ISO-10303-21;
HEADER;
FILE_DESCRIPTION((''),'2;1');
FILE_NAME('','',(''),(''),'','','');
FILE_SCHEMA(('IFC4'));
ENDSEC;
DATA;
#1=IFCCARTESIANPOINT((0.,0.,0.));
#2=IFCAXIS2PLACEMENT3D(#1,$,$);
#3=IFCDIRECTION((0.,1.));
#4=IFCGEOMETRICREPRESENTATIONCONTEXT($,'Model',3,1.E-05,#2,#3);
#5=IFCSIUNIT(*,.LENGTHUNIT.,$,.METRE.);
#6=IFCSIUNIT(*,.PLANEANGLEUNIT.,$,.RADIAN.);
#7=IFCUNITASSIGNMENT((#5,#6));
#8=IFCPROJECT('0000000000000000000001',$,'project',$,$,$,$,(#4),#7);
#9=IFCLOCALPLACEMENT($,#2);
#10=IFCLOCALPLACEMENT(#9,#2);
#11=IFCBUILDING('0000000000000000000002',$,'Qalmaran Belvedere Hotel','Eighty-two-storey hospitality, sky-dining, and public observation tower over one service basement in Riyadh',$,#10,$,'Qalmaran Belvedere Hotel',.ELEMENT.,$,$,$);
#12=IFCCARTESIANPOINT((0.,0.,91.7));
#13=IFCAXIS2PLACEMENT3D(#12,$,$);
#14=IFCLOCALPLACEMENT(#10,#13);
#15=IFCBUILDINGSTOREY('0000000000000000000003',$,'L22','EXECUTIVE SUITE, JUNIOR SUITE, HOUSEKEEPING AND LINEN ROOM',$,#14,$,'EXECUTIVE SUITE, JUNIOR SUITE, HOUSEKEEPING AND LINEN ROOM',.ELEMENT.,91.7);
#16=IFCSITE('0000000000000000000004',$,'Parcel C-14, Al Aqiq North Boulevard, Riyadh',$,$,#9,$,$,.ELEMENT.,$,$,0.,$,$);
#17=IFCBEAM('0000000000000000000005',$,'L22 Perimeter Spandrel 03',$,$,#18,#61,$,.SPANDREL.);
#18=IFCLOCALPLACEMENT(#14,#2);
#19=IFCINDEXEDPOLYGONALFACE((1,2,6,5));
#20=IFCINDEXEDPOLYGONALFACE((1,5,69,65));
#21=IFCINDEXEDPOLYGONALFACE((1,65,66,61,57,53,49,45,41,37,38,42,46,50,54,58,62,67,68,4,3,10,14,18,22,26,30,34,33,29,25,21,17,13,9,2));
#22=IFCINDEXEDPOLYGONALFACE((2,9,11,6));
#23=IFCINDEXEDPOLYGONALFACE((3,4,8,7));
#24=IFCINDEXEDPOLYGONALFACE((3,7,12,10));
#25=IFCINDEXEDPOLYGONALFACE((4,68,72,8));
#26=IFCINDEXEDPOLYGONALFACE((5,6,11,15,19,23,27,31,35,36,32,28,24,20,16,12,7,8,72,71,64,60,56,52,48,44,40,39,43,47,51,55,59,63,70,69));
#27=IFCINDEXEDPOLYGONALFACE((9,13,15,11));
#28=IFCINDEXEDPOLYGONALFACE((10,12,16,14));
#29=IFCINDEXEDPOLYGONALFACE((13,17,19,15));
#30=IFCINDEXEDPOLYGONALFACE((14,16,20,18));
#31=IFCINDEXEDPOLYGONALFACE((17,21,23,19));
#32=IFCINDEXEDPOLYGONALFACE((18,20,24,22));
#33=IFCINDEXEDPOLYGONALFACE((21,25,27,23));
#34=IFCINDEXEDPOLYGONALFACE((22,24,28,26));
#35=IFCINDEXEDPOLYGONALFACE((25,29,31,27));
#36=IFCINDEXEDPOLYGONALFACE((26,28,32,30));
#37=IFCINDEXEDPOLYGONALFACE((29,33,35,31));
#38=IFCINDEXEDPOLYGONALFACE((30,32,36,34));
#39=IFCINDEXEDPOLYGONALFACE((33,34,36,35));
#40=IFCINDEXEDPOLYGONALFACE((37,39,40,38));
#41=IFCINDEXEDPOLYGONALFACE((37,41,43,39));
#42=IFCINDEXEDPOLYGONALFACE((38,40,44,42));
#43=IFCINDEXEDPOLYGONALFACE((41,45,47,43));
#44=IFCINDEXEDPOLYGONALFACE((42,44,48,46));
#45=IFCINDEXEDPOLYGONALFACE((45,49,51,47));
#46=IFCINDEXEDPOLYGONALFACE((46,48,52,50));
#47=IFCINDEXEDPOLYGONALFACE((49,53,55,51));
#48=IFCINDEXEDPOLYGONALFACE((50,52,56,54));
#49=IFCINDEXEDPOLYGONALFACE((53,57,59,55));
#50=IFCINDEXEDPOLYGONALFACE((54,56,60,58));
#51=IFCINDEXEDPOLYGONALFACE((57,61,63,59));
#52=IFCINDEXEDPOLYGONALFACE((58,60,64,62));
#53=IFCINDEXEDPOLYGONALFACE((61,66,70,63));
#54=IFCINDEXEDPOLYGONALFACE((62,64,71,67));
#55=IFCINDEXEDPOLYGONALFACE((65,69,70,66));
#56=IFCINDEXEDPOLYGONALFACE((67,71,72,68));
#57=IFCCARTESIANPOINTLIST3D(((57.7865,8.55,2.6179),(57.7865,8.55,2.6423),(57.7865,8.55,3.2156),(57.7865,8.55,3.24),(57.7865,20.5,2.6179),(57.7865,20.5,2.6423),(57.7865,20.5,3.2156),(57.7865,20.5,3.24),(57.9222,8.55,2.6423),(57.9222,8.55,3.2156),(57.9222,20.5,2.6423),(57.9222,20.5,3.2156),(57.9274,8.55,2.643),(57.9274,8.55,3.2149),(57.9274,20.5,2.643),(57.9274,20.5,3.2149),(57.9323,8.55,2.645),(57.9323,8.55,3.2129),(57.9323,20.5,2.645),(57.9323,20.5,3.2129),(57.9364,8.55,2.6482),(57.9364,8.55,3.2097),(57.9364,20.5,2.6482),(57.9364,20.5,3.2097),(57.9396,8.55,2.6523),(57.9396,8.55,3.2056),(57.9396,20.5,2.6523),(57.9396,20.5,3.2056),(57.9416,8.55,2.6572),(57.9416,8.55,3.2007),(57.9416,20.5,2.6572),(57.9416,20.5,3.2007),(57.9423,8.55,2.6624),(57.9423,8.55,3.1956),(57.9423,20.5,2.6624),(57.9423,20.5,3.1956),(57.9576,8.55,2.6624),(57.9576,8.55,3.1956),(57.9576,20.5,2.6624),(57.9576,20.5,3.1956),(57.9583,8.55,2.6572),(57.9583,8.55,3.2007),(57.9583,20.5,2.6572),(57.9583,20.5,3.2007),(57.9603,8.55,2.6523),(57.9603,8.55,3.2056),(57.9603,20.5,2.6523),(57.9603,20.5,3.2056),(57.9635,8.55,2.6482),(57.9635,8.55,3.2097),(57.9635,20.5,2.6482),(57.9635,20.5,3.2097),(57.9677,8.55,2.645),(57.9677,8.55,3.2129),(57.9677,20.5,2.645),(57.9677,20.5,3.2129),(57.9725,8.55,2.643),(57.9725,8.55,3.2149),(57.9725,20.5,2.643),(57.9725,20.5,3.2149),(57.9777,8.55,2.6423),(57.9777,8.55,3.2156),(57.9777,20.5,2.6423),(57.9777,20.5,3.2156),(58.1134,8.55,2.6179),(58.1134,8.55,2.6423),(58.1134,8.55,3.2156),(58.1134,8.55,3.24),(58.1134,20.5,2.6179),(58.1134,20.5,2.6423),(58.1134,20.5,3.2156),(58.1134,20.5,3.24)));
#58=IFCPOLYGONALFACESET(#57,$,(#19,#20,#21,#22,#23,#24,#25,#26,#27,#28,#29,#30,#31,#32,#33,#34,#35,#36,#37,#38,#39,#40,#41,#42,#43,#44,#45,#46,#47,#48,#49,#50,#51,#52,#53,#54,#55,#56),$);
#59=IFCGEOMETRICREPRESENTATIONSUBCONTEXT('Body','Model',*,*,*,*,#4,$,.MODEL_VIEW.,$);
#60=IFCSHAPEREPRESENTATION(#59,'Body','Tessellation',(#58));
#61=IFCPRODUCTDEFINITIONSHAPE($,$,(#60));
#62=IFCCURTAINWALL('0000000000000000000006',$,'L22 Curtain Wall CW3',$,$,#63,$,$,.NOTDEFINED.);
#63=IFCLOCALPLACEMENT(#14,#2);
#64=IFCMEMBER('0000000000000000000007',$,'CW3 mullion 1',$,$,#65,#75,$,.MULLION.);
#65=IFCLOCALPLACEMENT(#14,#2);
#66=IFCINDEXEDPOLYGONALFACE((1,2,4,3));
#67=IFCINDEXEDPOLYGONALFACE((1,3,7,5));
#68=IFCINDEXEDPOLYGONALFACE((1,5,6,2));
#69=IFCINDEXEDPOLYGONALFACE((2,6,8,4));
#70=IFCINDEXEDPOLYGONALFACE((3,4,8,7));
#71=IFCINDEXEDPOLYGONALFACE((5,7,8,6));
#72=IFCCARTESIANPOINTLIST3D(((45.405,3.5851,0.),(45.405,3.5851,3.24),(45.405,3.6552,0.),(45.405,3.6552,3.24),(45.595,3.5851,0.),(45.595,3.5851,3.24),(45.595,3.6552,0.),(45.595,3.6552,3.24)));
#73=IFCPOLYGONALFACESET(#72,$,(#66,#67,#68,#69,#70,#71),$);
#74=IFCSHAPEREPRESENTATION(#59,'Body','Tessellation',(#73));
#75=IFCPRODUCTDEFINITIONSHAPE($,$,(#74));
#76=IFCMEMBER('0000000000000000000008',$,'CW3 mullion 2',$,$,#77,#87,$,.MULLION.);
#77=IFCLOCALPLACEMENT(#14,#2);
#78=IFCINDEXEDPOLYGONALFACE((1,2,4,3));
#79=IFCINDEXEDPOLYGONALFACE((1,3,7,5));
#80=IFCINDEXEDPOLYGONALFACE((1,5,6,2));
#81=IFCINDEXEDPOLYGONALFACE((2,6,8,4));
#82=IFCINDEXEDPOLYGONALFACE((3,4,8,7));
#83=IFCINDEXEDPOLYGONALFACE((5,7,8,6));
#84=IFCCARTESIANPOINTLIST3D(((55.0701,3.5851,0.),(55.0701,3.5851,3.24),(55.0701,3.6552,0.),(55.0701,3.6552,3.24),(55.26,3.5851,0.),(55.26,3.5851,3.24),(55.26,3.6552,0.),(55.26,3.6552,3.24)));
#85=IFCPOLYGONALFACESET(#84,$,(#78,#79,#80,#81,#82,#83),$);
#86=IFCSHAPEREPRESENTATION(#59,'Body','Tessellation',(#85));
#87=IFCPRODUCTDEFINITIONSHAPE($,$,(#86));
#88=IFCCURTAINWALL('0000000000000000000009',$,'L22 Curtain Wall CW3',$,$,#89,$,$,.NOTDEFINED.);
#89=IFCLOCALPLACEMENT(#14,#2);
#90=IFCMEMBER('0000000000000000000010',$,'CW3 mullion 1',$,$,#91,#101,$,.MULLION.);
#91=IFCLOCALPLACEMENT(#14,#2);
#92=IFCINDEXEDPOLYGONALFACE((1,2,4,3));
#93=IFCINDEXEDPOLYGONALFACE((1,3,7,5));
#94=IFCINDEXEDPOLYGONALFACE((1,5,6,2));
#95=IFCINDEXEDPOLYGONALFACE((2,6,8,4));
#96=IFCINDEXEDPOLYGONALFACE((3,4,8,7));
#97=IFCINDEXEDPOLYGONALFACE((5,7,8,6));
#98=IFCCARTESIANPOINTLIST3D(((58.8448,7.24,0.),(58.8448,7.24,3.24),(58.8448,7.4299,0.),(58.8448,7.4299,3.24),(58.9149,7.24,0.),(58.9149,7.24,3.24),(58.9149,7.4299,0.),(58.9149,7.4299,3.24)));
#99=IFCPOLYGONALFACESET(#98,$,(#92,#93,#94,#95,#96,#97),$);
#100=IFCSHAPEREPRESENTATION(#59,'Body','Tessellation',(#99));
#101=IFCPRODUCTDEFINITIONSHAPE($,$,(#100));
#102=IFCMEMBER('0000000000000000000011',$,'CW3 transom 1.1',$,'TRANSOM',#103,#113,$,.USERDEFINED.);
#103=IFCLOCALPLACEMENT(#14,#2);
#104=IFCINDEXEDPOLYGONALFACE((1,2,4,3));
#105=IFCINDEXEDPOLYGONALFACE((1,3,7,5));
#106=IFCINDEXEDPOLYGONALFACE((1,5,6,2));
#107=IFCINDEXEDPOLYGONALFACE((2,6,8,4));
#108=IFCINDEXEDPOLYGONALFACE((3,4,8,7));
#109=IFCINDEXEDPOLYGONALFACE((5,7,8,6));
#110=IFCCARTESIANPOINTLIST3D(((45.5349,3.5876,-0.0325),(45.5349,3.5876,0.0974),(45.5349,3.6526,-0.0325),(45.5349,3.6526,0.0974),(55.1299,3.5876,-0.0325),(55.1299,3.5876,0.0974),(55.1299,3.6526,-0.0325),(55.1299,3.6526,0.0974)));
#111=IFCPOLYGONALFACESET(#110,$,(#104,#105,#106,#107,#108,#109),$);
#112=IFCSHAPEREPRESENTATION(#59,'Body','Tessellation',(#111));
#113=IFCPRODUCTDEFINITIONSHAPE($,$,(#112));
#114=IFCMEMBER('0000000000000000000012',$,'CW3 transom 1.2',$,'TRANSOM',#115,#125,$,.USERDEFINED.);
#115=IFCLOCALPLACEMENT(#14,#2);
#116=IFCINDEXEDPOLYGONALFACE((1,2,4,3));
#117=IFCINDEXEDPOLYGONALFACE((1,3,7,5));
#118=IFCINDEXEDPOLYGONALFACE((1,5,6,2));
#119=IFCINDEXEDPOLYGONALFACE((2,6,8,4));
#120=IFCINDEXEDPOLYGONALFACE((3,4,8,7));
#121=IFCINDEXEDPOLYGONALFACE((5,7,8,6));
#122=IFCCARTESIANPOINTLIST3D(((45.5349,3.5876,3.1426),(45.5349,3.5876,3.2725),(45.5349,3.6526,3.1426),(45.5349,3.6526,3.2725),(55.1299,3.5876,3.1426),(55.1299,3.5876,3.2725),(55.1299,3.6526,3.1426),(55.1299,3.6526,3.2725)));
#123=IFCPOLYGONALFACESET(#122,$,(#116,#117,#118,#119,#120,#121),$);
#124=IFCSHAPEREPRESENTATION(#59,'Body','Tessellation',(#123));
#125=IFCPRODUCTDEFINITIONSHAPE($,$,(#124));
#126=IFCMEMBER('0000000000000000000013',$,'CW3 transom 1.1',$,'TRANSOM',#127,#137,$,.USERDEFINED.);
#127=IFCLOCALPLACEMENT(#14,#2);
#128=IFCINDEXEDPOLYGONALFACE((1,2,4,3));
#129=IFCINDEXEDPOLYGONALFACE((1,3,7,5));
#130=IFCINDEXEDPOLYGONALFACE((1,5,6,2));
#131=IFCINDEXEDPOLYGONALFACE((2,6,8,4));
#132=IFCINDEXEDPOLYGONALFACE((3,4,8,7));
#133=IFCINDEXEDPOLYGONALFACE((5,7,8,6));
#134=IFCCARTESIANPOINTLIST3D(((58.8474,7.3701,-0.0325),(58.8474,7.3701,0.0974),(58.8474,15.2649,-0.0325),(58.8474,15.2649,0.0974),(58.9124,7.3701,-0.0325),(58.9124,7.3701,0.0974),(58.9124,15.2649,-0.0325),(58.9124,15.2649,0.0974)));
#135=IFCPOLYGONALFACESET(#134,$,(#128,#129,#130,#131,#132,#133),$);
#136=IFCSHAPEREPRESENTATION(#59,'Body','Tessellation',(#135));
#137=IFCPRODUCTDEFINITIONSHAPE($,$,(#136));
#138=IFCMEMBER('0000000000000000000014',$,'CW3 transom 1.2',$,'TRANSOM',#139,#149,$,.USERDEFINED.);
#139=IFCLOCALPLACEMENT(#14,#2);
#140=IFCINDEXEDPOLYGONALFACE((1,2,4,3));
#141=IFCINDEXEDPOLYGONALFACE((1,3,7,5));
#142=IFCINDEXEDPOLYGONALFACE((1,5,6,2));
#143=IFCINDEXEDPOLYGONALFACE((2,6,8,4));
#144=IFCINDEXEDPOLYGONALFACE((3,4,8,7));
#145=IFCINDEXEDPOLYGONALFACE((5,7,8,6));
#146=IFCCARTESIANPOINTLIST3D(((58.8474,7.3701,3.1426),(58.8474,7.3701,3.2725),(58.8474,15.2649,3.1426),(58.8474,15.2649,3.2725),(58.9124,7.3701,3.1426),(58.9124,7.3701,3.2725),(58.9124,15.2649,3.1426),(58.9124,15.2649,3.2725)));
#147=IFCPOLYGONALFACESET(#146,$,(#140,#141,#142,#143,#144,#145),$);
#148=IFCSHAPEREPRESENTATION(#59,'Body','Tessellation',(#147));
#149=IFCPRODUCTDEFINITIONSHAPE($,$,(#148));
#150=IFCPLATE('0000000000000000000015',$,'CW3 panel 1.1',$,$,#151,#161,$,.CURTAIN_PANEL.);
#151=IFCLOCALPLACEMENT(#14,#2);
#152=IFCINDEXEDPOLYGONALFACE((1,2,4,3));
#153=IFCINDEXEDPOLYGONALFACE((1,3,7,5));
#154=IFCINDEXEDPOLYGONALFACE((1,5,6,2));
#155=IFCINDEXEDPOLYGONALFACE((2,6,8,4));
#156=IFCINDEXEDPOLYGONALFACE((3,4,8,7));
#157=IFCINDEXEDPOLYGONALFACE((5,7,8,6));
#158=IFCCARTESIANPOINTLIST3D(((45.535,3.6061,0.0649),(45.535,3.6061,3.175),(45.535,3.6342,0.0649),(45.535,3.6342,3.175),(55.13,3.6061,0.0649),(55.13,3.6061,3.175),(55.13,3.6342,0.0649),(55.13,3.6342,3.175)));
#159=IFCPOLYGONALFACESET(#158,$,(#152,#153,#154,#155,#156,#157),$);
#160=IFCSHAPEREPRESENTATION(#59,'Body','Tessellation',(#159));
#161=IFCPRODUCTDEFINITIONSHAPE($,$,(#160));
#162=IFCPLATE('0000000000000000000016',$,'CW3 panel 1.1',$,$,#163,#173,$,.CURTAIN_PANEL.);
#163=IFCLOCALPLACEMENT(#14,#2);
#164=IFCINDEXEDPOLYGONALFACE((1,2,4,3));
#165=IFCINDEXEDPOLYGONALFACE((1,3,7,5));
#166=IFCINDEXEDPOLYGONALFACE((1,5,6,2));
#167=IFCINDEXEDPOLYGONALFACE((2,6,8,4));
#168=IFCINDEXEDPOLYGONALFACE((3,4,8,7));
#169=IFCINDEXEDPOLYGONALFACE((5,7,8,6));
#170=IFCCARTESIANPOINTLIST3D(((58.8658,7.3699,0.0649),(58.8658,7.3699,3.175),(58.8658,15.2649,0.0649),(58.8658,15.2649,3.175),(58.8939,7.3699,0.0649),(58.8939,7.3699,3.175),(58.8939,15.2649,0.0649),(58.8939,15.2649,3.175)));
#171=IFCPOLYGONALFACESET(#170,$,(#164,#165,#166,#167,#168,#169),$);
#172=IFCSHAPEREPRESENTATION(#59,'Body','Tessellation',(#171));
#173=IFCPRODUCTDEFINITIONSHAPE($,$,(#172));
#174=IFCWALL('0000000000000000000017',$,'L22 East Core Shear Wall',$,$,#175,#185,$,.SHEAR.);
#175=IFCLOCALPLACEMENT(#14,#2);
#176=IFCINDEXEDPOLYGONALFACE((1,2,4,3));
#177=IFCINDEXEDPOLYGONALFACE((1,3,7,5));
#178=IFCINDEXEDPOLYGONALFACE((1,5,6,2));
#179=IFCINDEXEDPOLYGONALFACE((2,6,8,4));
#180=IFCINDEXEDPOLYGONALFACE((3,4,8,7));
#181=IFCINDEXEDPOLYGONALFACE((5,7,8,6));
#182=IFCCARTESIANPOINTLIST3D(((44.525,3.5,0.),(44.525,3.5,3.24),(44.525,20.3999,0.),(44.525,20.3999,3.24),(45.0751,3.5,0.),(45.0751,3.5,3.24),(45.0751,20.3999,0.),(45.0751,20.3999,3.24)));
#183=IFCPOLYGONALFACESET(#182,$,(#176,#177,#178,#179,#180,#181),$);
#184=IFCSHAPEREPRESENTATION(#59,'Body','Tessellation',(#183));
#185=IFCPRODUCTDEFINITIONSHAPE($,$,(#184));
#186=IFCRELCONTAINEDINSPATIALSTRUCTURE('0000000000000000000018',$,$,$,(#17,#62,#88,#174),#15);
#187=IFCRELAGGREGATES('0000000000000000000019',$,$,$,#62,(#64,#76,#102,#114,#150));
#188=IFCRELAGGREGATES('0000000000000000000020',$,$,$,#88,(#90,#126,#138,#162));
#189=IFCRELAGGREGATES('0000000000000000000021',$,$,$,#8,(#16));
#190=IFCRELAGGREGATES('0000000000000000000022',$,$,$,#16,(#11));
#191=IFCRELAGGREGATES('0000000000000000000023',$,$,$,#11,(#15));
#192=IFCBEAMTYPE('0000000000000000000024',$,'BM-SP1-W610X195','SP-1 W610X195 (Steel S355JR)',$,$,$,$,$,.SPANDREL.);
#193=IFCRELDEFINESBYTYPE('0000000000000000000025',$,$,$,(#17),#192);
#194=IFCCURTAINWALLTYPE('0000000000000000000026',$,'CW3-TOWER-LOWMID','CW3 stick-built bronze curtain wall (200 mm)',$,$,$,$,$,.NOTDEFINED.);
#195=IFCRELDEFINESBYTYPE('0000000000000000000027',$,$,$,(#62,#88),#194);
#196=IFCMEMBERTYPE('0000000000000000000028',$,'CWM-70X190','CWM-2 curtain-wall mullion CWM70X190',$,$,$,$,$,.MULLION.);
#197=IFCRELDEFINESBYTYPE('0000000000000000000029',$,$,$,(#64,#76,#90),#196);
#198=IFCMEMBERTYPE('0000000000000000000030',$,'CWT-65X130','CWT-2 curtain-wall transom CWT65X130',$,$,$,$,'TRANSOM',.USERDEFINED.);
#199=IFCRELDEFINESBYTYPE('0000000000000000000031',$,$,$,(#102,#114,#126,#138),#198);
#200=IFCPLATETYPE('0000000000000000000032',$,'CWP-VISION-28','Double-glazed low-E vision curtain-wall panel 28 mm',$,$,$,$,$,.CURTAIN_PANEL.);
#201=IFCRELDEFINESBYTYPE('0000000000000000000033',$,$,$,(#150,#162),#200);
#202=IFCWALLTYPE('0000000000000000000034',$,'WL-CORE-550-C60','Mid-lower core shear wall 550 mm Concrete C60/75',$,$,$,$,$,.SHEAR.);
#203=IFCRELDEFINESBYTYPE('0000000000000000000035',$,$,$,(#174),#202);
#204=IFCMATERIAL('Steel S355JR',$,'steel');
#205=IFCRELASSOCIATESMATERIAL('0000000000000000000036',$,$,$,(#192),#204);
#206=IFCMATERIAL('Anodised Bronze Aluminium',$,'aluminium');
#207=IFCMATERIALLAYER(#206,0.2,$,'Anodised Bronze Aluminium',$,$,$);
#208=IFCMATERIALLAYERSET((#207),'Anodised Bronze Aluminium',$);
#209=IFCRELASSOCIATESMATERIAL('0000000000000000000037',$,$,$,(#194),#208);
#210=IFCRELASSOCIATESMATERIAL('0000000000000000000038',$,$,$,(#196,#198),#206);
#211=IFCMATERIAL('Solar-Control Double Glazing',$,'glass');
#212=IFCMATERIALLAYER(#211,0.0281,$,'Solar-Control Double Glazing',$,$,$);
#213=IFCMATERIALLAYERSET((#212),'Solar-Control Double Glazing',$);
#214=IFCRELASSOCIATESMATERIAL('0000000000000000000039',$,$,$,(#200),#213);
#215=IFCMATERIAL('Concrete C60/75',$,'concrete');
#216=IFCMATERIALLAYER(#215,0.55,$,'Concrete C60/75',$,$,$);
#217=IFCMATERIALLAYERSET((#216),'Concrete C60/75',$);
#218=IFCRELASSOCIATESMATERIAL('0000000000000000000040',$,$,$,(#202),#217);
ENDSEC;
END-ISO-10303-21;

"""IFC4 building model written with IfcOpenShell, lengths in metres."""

from ifc_helpers import new_model, si_unit, direction, frame, frame_2d, origin, origin_2d, place, context, subcontext, project, spatial, rectangle, i_section, extrude, material, layer, layer_set, material_profile, profile_set, type_object, element, aggregate, save


model = new_model("IFC4")

# Units and contexts
model_context = context("Model", 3, precision=1e-05, world=origin(), true_north=direction((0.0, 1.0)))
body_context = subcontext(model_context, "Body", "Model", "MODEL_VIEW")
ifc_project = project(units=[si_unit("LENGTHUNIT", "METRE"), si_unit("PLANEANGLEUNIT", "RADIAN")], contexts=[model_context])

# Site, building, storey
site_placement = place(None, origin())
site = spatial("IfcSite", under=ifc_project, at=site_placement, Name="Parcel C-14, Al Aqiq North Boulevard, Riyadh", CompositionType="ELEMENT", RefElevation=0.0)
building_placement = place(site_placement, origin())
building = spatial("IfcBuilding", under=site, at=building_placement, Name="Qalmaran Belvedere Hotel", Description="Eighty-two-storey hospitality, sky-dining, and public observation tower over one service basement in Riyadh", LongName="Qalmaran Belvedere Hotel", CompositionType="ELEMENT")
storey_placement = place(building_placement, frame((0.0, 0.0, 91.7)))
storey = spatial("IfcBuildingStorey", under=building, at=storey_placement, Name="L22", Description="EXECUTIVE SUITE, JUNIOR SUITE, HOUSEKEEPING AND LINEN ROOM", LongName="EXECUTIVE SUITE, JUNIOR SUITE, HOUSEKEEPING AND LINEN ROOM", CompositionType="ELEMENT", Elevation=91.7)

# Shared definitions
ifc_material_1 = material(Name="Concrete C60/75", Category="concrete")

# Beam
ifc_material_2 = material(Name="Steel S355JR", Category="steel")
ifc_material_profile_1 = material_profile(ifc_material_2, i_section(OverallWidth=0.3269, OverallDepth=0.6221, WebThickness=0.0154, FlangeThickness=0.0244, FilletRadius=0.02, at=origin_2d()), Name="W610X195")
ifc_profile_set_1 = profile_set([ifc_material_profile_1], Name="Steel S355JR")
beam_type_1 = type_object("IfcBeamType", Name="BM-SP1-W610X195", Description="SP-1 W610X195 (Steel S355JR)", PredefinedType="SPANDREL", material=ifc_profile_set_1)
beam_1_placement = place(storey_placement, frame((57.95, 8.55, 2.929), z_axis=(0.0, 1.0, 0.0), x_axis=(-1.0, 0.0, 0.0)))
element("IfcBeam", 1, at=beam_1_placement, inside=storey, type_object=beam_type_1, Name="L22 Perimeter Spandrel 03", PredefinedType="SPANDREL", context=body_context, shape_type="SweptSolid", body=[
    extrude(i_section(OverallWidth=0.3269, OverallDepth=0.6221, WebThickness=0.0154, FlangeThickness=0.0244, FilletRadius=0.02, at=origin_2d()), origin(), (0.0, 0.0, 1.0), 11.95),
])

# Curtain wall, members
ifc_material_3 = material(Name="Anodised Bronze Aluminium", Category="aluminium")
ifc_layer_1 = layer(ifc_material_3, 0.2, Name="Anodised Bronze Aluminium")
ifc_layer_set_1 = layer_set([ifc_layer_1], Name="Anodised Bronze Aluminium")
curtain_wall_type = type_object("IfcCurtainWallType", Name="CW3-TOWER-LOWMID", Description="CW3 stick-built bronze curtain wall (200 mm)", PredefinedType="NOTDEFINED", material=ifc_layer_set_1)
curtain_wall_1_placement = place(storey_placement, origin())
curtain_wall_1 = element("IfcCurtainWall", 2, at=curtain_wall_1_placement, inside=storey, type_object=curtain_wall_type, Name="L22 Curtain Wall CW3", PredefinedType="NOTDEFINED")
ifc_material_profile_2 = material_profile(ifc_material_3, rectangle(XDim=0.0701, YDim=0.1899, at=origin_2d()), Name="CWM70X190")
ifc_profile_set_2 = profile_set([ifc_material_profile_2], Name="Anodised Bronze Aluminium")
member_type_1 = type_object("IfcMemberType", Name="CWM-70X190", Description="CWM-2 curtain-wall mullion CWM70X190", PredefinedType="MULLION", material=ifc_profile_set_2)
member_1_placement = place(storey_placement, frame((45.5, 3.6201, 0.0), z_axis=(0.0, 0.0, 1.0), x_axis=(0.0, 1.0, 0.0)))
member_1 = element("IfcMember", 3, at=member_1_placement, type_object=member_type_1, Name="CW3 mullion 1", PredefinedType="MULLION", context=body_context, shape_type="SweptSolid", body=[
    extrude(rectangle(XDim=0.0701, YDim=0.1899, at=origin_2d()), origin(), (0.0, 0.0, 1.0), 3.24),
])
member_2_placement = place(storey_placement, frame((55.165, 3.6201, 0.0), z_axis=(0.0, 0.0, 1.0), x_axis=(0.0, 1.0, 0.0)))
member_2 = element("IfcMember", 4, at=member_2_placement, type_object=member_type_1, Name="CW3 mullion 2", PredefinedType="MULLION", context=body_context, shape_type="SweptSolid", body=[
    extrude(rectangle(XDim=0.0701, YDim=0.1899, at=origin_2d()), origin(), (0.0, 0.0, 1.0), 3.24),
])

# Curtain wall, member
curtain_wall_2_placement = place(storey_placement, origin())
curtain_wall_2 = element("IfcCurtainWall", 5, at=curtain_wall_2_placement, inside=storey, type_object=curtain_wall_type, Name="L22 Curtain Wall CW3", PredefinedType="NOTDEFINED")
member_3_placement = place(storey_placement, frame((58.8799, 7.335, 0.0), z_axis=(0.0, 0.0, 1.0), x_axis=(-1.0, 0.0, 0.0)))
member_3 = element("IfcMember", 6, at=member_3_placement, type_object=member_type_1, Name="CW3 mullion 1", PredefinedType="MULLION", context=body_context, shape_type="SweptSolid", body=[
    extrude(rectangle(XDim=0.0701, YDim=0.1899, at=origin_2d()), origin(), (0.0, 0.0, 1.0), 3.24),
])

# Members
ifc_material_profile_3 = material_profile(ifc_material_3, rectangle(XDim=0.0649, YDim=0.1299, at=origin_2d()), Name="CWT65X130")
ifc_profile_set_3 = profile_set([ifc_material_profile_3], Name="Anodised Bronze Aluminium")
member_type_2 = type_object("IfcMemberType", Name="CWT-65X130", Description="CWT-2 curtain-wall transom CWT65X130", ElementType="TRANSOM", PredefinedType="USERDEFINED", material=ifc_profile_set_3)
member_4_placement = place(storey_placement, frame((45.5349, 3.6201, 0.0325), z_axis=(1.0, 0.0, 0.0), x_axis=(0.0, 1.0, 0.0)))
member_4 = element("IfcMember", 7, at=member_4_placement, type_object=member_type_2, Name="CW3 transom 1.1", ObjectType="TRANSOM", PredefinedType="USERDEFINED", context=body_context, shape_type="SweptSolid", body=[
    extrude(rectangle(XDim=0.0649, YDim=0.1299, at=origin_2d()), origin(), (0.0, 0.0, 1.0), 9.595),
])
member_5_placement = place(storey_placement, frame((45.5349, 3.6201, 3.2075), z_axis=(1.0, 0.0, 0.0), x_axis=(0.0, 1.0, 0.0)))
member_5 = element("IfcMember", 8, at=member_5_placement, type_object=member_type_2, Name="CW3 transom 1.2", ObjectType="TRANSOM", PredefinedType="USERDEFINED", context=body_context, shape_type="SweptSolid", body=[
    extrude(rectangle(XDim=0.0649, YDim=0.1299, at=origin_2d()), origin(), (0.0, 0.0, 1.0), 9.595),
])
member_6_placement = place(storey_placement, frame((58.8799, 7.3701, 0.0325), z_axis=(0.0, 1.0, 0.0), x_axis=(-1.0, 0.0, 0.0)))
member_6 = element("IfcMember", 9, at=member_6_placement, type_object=member_type_2, Name="CW3 transom 1.1", ObjectType="TRANSOM", PredefinedType="USERDEFINED", context=body_context, shape_type="SweptSolid", body=[
    extrude(rectangle(XDim=0.0649, YDim=0.1299, at=origin_2d()), origin(), (0.0, 0.0, 1.0), 7.8948),
])
member_7_placement = place(storey_placement, frame((58.8799, 7.3701, 3.2075), z_axis=(0.0, 1.0, 0.0), x_axis=(-1.0, 0.0, 0.0)))
member_7 = element("IfcMember", 10, at=member_7_placement, type_object=member_type_2, Name="CW3 transom 1.2", ObjectType="TRANSOM", PredefinedType="USERDEFINED", context=body_context, shape_type="SweptSolid", body=[
    extrude(rectangle(XDim=0.0649, YDim=0.1299, at=origin_2d()), origin(), (0.0, 0.0, 1.0), 7.8948),
])

# Plates
ifc_material_4 = material(Name="Solar-Control Double Glazing", Category="glass")
ifc_layer_2 = layer(ifc_material_4, 0.0281, Name="Solar-Control Double Glazing")
ifc_layer_set_2 = layer_set([ifc_layer_2], Name="Solar-Control Double Glazing")
plate_type = type_object("IfcPlateType", Name="CWP-VISION-28", Description="Double-glazed low-E vision curtain-wall panel 28 mm", PredefinedType="CURTAIN_PANEL", material=ifc_layer_set_2)
plate_1_placement = place(storey_placement, frame((50.3325, 3.6201, 0.0649), z_axis=(0.0, 0.0, 1.0), x_axis=(1.0, 0.0, 0.0)))
plate_1 = element("IfcPlate", 11, at=plate_1_placement, type_object=plate_type, Name="CW3 panel 1.1", PredefinedType="CURTAIN_PANEL", context=body_context, shape_type="SweptSolid", body=[
    extrude(rectangle(XDim=9.595, YDim=0.0281, at=origin_2d()), origin(), (0.0, 0.0, 1.0), 3.1101),
])
aggregate(curtain_wall_1, [member_1, member_2, member_4, member_5, plate_1])
plate_2_placement = place(storey_placement, frame((58.8799, 11.3174, 0.0649), z_axis=(0.0, 0.0, 1.0), x_axis=(0.0, 1.0, 0.0)))
plate_2 = element("IfcPlate", 12, at=plate_2_placement, type_object=plate_type, Name="CW3 panel 1.1", PredefinedType="CURTAIN_PANEL", context=body_context, shape_type="SweptSolid", body=[
    extrude(rectangle(XDim=7.895, YDim=0.0281, at=origin_2d()), origin(), (0.0, 0.0, 1.0), 3.1101),
])
aggregate(curtain_wall_2, [member_3, member_6, member_7, plate_2])

# Wall
ifc_layer_3 = layer(ifc_material_1, 0.55, Name="Concrete C60/75")
ifc_layer_set_3 = layer_set([ifc_layer_3], Name="Concrete C60/75")
wall_type_1 = type_object("IfcWallType", Name="WL-CORE-550-C60", Description="Mid-lower core shear wall 550 mm Concrete C60/75", PredefinedType="SHEAR", material=ifc_layer_set_3)
wall_1_placement = place(storey_placement, frame((44.8, 3.5, 0.0), z_axis=(0.0, 0.0, 1.0), x_axis=(0.0, 1.0, 0.0)))
element("IfcWall", 13, at=wall_1_placement, inside=storey, type_object=wall_type_1, Name="L22 East Core Shear Wall", PredefinedType="SHEAR", context=body_context, shape_type="SweptSolid", body=[
    extrude(rectangle(XDim=16.8999, YDim=0.55, at=frame_2d((8.45, 0.0))), origin(), (0.0, 0.0, 1.0), 3.24),
])

save(model, "model.ifc")
